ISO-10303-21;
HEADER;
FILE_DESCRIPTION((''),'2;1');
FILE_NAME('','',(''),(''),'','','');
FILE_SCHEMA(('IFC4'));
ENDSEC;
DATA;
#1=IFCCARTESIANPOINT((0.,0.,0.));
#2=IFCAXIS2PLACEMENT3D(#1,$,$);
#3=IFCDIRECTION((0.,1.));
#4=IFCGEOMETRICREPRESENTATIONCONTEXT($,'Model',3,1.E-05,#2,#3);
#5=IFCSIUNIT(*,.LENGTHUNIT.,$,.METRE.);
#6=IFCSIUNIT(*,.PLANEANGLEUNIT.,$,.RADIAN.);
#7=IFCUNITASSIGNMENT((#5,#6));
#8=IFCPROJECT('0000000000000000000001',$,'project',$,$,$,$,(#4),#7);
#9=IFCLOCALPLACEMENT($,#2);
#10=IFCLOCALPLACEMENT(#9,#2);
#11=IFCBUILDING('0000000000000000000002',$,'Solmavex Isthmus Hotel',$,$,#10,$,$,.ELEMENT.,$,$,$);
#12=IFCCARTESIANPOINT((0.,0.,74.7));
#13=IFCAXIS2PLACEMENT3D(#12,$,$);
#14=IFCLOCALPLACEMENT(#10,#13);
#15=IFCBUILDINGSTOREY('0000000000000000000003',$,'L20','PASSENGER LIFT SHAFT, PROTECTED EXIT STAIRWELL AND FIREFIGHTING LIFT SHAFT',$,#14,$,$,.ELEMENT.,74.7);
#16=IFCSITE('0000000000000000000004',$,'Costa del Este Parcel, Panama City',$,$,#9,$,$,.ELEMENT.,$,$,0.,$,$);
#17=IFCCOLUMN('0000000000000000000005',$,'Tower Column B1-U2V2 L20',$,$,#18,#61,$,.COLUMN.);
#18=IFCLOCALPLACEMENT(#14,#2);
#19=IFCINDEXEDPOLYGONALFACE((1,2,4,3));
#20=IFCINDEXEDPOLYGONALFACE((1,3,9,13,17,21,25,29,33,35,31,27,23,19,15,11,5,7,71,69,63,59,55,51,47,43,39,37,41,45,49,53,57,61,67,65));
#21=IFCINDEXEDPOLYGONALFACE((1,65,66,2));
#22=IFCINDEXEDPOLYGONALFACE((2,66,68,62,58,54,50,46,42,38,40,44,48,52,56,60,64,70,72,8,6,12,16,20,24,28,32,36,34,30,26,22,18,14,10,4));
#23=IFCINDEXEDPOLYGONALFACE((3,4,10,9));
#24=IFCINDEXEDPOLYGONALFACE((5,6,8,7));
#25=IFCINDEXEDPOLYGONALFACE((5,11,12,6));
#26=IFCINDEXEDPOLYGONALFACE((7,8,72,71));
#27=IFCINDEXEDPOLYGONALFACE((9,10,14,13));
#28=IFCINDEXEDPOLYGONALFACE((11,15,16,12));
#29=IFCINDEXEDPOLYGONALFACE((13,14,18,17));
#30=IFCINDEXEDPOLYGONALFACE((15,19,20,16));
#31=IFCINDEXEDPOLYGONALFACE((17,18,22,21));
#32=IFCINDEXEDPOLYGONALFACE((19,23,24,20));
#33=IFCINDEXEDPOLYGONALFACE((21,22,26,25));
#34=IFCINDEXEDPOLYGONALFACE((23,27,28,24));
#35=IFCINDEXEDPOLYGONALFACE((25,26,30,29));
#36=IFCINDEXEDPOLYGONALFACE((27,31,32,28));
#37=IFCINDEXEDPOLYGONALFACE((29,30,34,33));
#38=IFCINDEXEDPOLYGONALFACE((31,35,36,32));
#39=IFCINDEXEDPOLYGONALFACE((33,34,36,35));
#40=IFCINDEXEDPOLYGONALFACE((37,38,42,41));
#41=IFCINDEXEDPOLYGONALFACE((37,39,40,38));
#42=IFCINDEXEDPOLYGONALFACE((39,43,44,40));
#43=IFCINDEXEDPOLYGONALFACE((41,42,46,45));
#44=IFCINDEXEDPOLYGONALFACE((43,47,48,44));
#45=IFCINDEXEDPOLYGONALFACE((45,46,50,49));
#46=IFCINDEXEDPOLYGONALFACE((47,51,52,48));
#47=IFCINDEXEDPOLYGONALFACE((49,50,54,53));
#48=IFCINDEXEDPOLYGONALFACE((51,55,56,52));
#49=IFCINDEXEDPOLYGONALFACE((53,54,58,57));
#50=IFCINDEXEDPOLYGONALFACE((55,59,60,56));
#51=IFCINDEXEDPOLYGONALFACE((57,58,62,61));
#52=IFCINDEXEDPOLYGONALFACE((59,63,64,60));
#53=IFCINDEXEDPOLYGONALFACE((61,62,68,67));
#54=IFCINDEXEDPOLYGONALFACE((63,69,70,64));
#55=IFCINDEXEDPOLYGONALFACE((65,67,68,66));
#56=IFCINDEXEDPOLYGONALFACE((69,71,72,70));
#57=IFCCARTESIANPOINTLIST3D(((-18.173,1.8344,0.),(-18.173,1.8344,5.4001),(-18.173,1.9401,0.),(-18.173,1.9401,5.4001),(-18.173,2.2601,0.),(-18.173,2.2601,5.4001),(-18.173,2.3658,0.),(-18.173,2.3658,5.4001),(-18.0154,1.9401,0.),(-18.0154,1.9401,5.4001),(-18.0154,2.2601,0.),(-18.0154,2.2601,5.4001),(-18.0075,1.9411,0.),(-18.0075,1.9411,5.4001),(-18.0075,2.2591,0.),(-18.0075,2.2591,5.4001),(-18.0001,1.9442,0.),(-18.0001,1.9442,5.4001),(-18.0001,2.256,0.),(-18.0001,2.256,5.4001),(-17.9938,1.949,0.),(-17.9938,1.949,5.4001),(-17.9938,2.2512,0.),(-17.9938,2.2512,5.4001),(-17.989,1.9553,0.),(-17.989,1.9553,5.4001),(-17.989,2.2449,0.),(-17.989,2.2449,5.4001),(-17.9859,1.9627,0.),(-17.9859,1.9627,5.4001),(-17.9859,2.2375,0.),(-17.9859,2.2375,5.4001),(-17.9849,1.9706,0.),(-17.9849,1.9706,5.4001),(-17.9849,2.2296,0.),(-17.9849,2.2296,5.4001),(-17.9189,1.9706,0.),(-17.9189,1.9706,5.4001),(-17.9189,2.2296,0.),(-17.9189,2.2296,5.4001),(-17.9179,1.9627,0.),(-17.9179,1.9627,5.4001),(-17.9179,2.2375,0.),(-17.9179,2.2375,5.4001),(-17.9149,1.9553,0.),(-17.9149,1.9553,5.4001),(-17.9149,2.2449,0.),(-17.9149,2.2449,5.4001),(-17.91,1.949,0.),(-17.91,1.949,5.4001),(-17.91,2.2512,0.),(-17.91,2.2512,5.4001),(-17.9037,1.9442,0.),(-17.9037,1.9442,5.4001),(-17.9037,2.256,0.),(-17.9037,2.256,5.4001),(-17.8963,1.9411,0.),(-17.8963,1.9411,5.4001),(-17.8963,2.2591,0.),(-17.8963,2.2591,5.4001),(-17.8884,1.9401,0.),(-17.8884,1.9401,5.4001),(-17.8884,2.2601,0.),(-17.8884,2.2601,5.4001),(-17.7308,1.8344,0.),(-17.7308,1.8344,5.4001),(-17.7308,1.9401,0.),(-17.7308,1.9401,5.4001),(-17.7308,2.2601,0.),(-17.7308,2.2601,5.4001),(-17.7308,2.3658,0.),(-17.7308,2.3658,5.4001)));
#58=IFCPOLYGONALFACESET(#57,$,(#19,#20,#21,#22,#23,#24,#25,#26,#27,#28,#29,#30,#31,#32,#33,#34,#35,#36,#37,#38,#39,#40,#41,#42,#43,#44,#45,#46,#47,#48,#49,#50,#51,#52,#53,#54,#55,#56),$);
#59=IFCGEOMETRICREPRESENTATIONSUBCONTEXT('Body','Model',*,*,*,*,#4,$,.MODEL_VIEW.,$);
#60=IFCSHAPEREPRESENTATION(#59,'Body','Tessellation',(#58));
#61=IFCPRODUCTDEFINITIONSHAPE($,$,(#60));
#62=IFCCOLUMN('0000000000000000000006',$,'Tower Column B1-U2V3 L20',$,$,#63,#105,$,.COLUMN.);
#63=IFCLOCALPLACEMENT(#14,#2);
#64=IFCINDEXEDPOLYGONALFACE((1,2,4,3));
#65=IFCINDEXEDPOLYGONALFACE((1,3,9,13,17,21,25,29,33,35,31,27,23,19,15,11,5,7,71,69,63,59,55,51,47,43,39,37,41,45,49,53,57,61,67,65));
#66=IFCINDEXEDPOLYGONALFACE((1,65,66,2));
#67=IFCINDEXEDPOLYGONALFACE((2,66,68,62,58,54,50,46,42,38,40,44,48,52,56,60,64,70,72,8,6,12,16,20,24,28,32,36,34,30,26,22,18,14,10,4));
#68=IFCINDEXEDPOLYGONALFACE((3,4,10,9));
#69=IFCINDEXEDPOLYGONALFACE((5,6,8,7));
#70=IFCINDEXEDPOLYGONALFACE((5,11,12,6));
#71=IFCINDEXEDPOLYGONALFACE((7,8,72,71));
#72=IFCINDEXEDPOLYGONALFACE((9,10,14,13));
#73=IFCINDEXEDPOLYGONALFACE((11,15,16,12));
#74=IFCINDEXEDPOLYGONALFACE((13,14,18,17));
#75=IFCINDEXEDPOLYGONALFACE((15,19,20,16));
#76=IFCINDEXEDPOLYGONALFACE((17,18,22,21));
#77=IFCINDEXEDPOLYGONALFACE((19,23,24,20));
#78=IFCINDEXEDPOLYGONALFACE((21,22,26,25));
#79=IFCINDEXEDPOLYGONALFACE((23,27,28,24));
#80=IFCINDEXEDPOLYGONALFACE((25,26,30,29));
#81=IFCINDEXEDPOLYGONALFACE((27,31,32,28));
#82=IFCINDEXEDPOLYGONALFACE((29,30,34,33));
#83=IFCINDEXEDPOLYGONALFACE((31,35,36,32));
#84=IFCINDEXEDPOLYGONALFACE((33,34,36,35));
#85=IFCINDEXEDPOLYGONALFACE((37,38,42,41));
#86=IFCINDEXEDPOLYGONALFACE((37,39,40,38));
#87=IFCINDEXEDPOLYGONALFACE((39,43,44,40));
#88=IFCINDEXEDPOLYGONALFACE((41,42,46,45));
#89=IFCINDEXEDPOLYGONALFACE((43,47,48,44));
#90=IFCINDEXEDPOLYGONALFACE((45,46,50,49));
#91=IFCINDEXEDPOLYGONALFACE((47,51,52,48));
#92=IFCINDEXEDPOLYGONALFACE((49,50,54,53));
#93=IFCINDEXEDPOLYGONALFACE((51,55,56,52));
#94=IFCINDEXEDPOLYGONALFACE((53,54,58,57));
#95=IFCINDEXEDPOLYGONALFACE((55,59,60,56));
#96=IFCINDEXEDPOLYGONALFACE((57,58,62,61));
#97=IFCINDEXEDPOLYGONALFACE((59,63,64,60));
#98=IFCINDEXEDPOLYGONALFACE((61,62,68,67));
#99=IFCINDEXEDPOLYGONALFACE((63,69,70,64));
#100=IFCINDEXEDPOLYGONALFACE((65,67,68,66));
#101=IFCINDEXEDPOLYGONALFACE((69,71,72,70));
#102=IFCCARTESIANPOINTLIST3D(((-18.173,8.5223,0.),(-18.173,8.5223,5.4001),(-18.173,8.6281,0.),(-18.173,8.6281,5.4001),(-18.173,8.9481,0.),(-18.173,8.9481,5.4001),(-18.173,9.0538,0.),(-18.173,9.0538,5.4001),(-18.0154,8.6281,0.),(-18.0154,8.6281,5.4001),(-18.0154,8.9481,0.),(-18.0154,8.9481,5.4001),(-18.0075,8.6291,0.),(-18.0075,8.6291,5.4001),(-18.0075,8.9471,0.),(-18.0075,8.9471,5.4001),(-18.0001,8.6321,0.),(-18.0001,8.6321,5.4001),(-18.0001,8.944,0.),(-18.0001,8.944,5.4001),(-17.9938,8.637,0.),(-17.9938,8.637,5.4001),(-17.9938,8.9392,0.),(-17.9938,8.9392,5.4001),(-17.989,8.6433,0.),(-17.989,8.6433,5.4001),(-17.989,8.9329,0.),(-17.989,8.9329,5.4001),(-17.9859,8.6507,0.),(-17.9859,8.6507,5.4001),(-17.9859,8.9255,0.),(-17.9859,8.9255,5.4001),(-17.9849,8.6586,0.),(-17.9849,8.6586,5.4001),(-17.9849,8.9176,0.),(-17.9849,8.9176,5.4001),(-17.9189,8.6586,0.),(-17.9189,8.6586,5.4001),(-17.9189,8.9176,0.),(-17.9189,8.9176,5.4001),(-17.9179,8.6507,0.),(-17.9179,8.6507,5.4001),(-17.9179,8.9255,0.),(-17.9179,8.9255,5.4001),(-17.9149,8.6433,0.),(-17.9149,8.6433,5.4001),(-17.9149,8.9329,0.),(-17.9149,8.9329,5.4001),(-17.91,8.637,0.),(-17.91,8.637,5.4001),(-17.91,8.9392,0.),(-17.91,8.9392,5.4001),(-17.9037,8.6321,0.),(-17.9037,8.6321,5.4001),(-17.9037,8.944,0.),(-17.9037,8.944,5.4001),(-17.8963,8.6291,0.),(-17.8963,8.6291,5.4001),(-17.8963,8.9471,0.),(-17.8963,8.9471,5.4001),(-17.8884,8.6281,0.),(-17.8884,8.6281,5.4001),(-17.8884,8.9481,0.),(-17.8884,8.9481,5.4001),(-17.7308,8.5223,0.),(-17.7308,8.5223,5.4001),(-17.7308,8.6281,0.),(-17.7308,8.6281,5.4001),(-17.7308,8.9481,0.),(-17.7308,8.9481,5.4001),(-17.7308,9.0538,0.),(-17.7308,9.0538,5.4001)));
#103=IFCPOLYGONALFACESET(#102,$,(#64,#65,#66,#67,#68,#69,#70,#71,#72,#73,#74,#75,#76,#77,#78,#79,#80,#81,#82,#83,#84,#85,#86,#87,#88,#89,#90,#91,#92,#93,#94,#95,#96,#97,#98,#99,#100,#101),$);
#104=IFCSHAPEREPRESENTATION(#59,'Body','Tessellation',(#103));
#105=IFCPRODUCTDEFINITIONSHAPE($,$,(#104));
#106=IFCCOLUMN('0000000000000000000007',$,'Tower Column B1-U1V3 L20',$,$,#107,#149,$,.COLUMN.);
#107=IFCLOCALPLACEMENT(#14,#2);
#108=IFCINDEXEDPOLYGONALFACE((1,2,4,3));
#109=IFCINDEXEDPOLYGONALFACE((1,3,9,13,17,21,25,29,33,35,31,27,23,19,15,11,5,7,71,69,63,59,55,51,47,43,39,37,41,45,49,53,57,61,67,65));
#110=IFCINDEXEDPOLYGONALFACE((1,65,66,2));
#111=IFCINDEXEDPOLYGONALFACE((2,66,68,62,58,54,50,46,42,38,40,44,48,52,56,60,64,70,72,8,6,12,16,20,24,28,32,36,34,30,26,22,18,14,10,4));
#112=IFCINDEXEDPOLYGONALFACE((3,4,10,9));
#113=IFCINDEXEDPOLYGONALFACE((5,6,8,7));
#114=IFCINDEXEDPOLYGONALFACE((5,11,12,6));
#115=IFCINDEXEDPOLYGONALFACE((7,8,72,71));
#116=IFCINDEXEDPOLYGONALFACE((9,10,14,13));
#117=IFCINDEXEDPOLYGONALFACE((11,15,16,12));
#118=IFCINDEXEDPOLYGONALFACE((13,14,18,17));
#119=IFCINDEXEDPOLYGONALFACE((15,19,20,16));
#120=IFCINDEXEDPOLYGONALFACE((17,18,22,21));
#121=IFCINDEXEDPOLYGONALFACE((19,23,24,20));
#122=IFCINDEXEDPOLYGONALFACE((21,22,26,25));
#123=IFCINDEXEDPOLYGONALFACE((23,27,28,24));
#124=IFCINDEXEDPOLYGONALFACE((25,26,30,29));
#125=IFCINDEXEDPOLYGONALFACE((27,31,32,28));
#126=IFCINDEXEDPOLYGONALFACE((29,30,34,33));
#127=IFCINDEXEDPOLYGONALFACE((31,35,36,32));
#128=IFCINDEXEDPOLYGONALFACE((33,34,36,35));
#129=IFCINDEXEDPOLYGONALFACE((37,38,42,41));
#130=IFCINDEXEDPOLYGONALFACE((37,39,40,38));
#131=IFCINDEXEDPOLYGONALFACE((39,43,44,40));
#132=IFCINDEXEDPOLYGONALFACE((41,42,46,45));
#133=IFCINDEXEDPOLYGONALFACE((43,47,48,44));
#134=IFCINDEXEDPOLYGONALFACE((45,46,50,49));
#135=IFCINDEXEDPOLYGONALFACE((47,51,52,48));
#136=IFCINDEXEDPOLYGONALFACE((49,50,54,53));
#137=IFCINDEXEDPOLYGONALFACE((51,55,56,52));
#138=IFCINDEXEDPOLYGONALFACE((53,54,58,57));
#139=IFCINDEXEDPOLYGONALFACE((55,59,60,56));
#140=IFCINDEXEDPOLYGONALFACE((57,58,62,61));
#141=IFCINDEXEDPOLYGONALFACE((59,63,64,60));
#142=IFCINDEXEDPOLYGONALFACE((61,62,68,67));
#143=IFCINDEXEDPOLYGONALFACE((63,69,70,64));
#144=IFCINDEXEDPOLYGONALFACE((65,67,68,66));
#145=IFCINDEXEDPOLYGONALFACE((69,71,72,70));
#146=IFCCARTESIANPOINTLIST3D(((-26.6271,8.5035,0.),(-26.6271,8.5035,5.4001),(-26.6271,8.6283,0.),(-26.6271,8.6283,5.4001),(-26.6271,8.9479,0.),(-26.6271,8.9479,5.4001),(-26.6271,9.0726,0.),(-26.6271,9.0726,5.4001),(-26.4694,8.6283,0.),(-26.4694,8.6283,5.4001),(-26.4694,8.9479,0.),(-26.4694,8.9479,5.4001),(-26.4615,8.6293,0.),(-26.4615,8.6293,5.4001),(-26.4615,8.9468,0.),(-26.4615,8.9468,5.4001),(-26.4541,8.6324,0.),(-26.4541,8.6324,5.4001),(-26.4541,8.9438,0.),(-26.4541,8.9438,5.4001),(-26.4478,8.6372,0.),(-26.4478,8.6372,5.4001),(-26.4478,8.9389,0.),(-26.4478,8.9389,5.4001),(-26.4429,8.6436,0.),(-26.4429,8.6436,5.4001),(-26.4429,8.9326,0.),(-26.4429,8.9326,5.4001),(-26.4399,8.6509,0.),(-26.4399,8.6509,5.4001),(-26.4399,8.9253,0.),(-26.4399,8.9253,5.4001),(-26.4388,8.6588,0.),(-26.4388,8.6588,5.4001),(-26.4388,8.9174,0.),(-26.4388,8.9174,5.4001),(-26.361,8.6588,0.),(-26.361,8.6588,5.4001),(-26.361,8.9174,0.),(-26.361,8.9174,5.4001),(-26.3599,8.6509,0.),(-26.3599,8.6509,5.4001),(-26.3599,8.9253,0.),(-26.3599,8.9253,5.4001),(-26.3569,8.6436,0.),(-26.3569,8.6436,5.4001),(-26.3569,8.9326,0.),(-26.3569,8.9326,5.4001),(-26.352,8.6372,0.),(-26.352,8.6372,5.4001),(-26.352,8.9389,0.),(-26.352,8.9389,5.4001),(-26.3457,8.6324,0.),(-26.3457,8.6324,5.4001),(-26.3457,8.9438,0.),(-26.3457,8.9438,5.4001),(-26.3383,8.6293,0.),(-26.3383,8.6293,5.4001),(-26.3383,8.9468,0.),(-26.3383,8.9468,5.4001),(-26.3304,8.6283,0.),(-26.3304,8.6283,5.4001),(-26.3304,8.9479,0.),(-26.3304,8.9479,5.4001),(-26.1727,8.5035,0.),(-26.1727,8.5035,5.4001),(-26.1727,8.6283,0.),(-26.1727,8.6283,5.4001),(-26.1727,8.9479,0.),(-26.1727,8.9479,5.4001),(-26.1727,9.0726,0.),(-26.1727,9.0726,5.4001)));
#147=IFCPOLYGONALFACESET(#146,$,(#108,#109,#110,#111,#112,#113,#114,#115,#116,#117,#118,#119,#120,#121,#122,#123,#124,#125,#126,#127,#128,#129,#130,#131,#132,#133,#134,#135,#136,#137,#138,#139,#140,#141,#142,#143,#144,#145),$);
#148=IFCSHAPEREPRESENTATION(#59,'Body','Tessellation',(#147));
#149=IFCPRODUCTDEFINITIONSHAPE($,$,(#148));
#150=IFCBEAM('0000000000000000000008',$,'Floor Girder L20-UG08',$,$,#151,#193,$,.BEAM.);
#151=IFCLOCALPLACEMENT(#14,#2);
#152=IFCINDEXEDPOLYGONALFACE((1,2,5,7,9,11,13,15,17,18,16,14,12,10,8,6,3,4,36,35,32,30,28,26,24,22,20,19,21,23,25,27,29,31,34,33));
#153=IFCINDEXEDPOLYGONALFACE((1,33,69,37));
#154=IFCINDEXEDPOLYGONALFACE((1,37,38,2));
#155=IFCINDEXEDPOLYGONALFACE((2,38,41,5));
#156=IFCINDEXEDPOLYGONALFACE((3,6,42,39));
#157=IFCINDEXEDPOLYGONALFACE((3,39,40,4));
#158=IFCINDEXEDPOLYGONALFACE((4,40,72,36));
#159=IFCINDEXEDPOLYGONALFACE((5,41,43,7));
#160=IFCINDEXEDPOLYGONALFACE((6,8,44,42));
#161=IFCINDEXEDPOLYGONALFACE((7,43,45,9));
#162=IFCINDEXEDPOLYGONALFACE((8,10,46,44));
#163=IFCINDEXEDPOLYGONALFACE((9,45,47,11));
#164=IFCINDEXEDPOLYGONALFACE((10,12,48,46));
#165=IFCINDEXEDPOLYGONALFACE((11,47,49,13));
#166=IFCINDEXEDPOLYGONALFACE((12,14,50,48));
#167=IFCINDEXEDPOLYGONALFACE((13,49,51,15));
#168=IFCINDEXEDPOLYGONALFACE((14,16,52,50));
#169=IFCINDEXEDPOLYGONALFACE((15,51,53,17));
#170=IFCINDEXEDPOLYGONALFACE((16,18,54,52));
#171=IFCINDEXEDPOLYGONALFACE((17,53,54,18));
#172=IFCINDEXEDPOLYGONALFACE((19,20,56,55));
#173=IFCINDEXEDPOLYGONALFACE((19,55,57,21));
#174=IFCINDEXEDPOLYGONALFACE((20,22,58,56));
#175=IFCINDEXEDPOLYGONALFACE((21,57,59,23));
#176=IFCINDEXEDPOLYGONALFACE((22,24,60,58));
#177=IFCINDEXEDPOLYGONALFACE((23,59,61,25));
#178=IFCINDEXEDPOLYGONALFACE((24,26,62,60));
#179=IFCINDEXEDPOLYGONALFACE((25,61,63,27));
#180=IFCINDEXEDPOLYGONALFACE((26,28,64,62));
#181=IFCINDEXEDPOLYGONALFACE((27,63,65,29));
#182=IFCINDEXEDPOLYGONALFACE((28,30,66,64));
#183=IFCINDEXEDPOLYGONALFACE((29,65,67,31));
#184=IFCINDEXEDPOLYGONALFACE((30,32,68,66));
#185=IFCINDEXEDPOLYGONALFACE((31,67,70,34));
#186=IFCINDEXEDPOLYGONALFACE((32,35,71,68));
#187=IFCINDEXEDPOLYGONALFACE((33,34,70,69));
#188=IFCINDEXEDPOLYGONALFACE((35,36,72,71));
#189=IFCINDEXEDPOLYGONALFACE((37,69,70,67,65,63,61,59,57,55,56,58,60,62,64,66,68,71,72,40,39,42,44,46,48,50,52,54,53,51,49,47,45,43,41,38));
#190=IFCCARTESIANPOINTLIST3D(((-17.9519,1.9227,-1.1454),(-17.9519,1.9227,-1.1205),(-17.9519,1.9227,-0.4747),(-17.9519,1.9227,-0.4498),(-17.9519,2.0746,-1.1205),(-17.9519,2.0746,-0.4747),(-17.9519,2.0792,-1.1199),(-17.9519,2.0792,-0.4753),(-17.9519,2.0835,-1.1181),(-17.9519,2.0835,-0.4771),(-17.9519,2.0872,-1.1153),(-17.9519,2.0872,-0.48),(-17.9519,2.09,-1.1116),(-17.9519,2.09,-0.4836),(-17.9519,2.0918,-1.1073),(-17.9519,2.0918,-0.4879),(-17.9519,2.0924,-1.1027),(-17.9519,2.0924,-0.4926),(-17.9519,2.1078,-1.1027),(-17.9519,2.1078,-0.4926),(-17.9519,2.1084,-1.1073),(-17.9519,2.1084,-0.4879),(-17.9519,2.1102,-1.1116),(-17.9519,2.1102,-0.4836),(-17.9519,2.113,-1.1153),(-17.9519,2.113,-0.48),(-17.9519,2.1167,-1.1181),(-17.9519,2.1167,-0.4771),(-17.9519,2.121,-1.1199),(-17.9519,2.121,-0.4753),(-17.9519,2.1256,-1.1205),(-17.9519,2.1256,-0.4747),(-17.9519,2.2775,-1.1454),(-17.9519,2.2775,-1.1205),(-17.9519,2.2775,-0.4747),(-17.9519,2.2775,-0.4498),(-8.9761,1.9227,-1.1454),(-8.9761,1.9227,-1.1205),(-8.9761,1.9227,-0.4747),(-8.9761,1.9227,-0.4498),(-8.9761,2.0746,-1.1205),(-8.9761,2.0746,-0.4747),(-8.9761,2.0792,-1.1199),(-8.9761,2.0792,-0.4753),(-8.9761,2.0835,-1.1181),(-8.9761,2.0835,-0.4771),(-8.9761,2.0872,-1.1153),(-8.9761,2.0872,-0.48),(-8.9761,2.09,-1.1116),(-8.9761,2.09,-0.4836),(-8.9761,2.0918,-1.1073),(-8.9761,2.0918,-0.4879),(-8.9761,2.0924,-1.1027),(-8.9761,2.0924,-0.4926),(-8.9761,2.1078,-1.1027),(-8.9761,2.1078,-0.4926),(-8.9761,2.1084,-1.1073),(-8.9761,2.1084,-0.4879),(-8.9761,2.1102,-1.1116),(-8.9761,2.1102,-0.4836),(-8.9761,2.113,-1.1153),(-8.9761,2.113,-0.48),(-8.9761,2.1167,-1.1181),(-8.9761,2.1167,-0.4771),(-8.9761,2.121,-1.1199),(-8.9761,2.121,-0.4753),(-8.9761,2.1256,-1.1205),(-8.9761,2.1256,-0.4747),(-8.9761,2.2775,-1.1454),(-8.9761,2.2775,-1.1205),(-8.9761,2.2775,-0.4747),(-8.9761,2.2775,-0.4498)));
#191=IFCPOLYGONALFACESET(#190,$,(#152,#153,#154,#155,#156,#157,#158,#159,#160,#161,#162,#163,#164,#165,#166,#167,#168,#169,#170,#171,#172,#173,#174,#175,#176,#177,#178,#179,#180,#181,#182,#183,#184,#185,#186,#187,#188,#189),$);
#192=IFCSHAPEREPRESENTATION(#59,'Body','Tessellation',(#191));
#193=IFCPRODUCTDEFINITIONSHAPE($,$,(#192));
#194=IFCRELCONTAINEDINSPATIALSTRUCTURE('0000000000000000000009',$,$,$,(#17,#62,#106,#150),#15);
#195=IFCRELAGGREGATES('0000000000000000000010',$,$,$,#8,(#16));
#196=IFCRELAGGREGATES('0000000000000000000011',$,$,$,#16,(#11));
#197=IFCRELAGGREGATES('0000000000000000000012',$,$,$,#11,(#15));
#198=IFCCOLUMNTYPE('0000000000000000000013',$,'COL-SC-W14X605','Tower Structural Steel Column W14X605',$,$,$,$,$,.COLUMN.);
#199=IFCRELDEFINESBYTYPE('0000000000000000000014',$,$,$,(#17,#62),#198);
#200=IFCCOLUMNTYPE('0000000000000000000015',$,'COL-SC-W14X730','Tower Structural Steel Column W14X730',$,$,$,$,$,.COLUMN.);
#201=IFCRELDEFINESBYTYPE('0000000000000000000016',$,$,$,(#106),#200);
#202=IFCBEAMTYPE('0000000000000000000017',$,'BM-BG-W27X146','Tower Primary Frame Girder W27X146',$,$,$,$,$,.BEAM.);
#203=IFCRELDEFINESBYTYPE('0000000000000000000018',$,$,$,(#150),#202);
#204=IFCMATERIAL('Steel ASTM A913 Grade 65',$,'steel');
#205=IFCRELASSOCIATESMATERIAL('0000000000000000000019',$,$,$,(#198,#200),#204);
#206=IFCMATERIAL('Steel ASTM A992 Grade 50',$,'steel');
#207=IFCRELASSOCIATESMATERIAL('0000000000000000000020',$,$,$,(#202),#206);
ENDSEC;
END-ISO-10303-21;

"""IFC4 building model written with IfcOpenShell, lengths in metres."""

from ifc_helpers import new_model, si_unit, direction, frame, origin, origin_2d, place, context, subcontext, project, spatial, i_section, extrude, material, material_profile, profile_set, type_object, element, save


model = new_model("IFC4")

# Units and contexts
model_context = context("Model", 3, precision=1e-05, world=origin(), true_north=direction((0.0, 1.0)))
body_context = subcontext(model_context, "Body", "Model", "MODEL_VIEW")
ifc_project = project(units=[si_unit("LENGTHUNIT", "METRE"), si_unit("PLANEANGLEUNIT", "RADIAN")], contexts=[model_context])

# Site, building, storey
site_placement = place(None, origin())
site = spatial("IfcSite", under=ifc_project, at=site_placement, Name="Costa del Este Parcel, Panama City", CompositionType="ELEMENT", RefElevation=0.0)
building_placement = place(site_placement, origin())
building = spatial("IfcBuilding", under=site, at=building_placement, Name="Solmavex Isthmus Hotel", CompositionType="ELEMENT")
storey_placement = place(building_placement, frame((0.0, 0.0, 74.7)))
storey = spatial("IfcBuildingStorey", under=building, at=storey_placement, Name="L20", Description="PASSENGER LIFT SHAFT, PROTECTED EXIT STAIRWELL AND FIREFIGHTING LIFT SHAFT", CompositionType="ELEMENT", Elevation=74.7)

# Columns
ifc_material_1 = material(Name="Steel ASTM A913 Grade 65", Category="steel")
ifc_material_profile_1 = material_profile(ifc_material_1, i_section(OverallWidth=0.4421, OverallDepth=0.5315, WebThickness=0.0659, FlangeThickness=0.1057, FilletRadius=0.0305, at=origin_2d()), Name="W14X605")
ifc_profile_set_1 = profile_set([ifc_material_profile_1], Name="Steel ASTM A913 Grade 65")
column_type_1 = type_object("IfcColumnType", Name="COL-SC-W14X605", Description="Tower Structural Steel Column W14X605", PredefinedType="COLUMN", material=ifc_profile_set_1)
for number, where, z_axis, x_axis, name in (
    (1, (-17.9519, 2.1001, 0.0), (0.0, 0.0, 1.0), (1.0, 0.0, 0.0), "Tower Column B1-U2V2 L20"),
    (2, (-17.9519, 8.7881, 0.0), (0.0, 0.0, 1.0), (1.0, 0.0, 0.0), "Tower Column B1-U2V3 L20"),
):
    element("IfcColumn", number, at=place(storey_placement, frame(where, z_axis=z_axis, x_axis=x_axis)), inside=storey, type_object=column_type_1, Name=name, PredefinedType="COLUMN", context=body_context, shape_type="SweptSolid", body=[
        extrude(i_section(OverallWidth=0.4421, OverallDepth=0.5315, WebThickness=0.0659, FlangeThickness=0.1057, FilletRadius=0.0305, at=origin_2d()), origin(), (0.0, 0.0, 1.0), 5.4001),
    ])
ifc_material_profile_2 = material_profile(ifc_material_1, i_section(OverallWidth=0.4543, OverallDepth=0.5691, WebThickness=0.0779, FlangeThickness=0.1248, FilletRadius=0.0305, at=origin_2d()), Name="W14X730")
ifc_profile_set_2 = profile_set([ifc_material_profile_2], Name="Steel ASTM A913 Grade 65")
column_type_2 = type_object("IfcColumnType", Name="COL-SC-W14X730", Description="Tower Structural Steel Column W14X730", PredefinedType="COLUMN", material=ifc_profile_set_2)
column_placement = place(storey_placement, frame((-26.3999, 8.7881, 0.0), z_axis=(0.0, 0.0, 1.0), x_axis=(1.0, 0.0, 0.0)))
element("IfcColumn", 3, at=column_placement, inside=storey, type_object=column_type_2, Name="Tower Column B1-U1V3 L20", PredefinedType="COLUMN", context=body_context, shape_type="SweptSolid", body=[
    extrude(i_section(OverallWidth=0.4543, OverallDepth=0.5691, WebThickness=0.0779, FlangeThickness=0.1248, FilletRadius=0.0305, at=origin_2d()), origin(), (0.0, 0.0, 1.0), 5.4001),
])

# Beam
ifc_material_2 = material(Name="Steel ASTM A992 Grade 50", Category="steel")
ifc_material_profile_3 = material_profile(ifc_material_2, i_section(OverallWidth=0.3547, OverallDepth=0.6956, WebThickness=0.0154, FlangeThickness=0.0249, FilletRadius=0.0178, at=origin_2d()), Name="W27X146")
ifc_profile_set_3 = profile_set([ifc_material_profile_3], Name="Steel ASTM A992 Grade 50")
beam_type_1 = type_object("IfcBeamType", Name="BM-BG-W27X146", Description="Tower Primary Frame Girder W27X146", PredefinedType="BEAM", material=ifc_profile_set_3)
beam_1_placement = place(storey_placement, frame((-17.9519, 2.1001, -0.7976), z_axis=(1.0, 0.0, 0.0), x_axis=(0.0, 1.0, 0.0)))
element("IfcBeam", 4, at=beam_1_placement, inside=storey, type_object=beam_type_1, Name="Floor Girder L20-UG08", PredefinedType="BEAM", context=body_context, shape_type="SweptSolid", body=[
    extrude(i_section(OverallWidth=0.3547, OverallDepth=0.6956, WebThickness=0.0154, FlangeThickness=0.0249, FilletRadius=0.0178, at=origin_2d()), origin(), (0.0, 0.0, 1.0), 8.9758),
])

save(model, "model.ifc")
